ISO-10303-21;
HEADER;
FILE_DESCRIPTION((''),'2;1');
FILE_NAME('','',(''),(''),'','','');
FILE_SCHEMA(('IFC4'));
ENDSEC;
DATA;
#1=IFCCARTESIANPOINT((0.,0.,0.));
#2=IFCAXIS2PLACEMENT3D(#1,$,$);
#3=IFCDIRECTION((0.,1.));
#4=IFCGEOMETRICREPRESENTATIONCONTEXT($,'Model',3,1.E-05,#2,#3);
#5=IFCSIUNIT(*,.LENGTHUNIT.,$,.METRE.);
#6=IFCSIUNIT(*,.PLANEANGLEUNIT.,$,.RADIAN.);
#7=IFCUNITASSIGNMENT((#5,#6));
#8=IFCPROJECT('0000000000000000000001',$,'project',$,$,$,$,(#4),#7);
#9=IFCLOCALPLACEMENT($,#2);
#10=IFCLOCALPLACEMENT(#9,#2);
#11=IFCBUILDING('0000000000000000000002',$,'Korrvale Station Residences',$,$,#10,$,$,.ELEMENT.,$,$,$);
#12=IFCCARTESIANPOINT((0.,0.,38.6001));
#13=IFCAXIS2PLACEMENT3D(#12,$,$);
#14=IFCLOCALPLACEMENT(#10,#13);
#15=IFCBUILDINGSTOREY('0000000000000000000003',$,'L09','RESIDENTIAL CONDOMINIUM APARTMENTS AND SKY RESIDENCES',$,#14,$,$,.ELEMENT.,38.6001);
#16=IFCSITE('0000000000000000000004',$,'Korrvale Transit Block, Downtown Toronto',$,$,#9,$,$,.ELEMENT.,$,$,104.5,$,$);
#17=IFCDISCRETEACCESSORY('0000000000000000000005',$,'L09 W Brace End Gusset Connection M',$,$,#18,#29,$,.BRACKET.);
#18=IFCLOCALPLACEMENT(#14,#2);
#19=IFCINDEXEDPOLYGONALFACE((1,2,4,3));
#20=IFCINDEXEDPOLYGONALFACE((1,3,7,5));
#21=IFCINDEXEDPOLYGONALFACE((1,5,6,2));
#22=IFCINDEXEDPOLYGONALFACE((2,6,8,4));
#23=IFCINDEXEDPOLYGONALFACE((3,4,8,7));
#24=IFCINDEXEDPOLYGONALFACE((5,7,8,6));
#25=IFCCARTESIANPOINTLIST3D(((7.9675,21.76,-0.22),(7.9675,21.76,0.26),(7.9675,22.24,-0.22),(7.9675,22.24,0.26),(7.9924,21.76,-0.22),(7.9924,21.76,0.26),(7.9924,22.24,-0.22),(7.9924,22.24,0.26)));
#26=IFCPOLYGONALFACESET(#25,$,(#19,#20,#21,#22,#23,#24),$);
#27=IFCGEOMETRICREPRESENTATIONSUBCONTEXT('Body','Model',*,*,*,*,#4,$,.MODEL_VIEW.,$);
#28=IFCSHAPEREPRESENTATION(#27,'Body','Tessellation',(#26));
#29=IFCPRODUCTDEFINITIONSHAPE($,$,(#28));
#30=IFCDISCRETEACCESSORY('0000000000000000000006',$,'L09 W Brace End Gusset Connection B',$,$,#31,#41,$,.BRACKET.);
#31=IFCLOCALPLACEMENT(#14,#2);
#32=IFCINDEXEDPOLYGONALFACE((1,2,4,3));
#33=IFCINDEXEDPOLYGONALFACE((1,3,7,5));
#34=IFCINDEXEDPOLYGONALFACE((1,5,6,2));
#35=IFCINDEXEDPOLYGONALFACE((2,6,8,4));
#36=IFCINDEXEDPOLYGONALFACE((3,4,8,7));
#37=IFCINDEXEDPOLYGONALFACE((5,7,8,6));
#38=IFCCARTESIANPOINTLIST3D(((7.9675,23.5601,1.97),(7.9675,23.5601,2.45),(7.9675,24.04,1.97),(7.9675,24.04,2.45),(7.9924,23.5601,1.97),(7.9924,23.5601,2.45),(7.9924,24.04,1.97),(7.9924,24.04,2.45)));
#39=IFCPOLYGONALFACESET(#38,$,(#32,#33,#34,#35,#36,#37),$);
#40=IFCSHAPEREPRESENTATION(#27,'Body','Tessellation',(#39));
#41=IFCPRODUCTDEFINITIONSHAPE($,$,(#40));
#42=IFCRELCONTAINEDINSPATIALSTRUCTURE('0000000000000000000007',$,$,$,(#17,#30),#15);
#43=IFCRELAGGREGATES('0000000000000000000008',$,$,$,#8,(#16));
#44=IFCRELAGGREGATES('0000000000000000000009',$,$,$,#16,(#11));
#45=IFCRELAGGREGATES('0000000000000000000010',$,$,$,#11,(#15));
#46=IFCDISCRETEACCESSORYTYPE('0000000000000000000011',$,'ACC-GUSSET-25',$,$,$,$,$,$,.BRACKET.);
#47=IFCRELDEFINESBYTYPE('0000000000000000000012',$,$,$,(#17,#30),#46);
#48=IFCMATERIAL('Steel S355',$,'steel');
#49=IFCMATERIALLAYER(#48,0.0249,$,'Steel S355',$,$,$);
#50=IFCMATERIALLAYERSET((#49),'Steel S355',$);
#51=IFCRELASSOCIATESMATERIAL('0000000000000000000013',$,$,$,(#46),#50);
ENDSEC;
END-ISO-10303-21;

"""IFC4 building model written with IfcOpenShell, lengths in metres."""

from ifc_helpers import new_model, si_unit, direction, frame, origin, origin_2d, place, context, subcontext, project, spatial, rectangle, extrude, material, layer, layer_set, type_object, element, save


model = new_model("IFC4")

# Units and contexts
model_context = context("Model", 3, precision=1e-05, world=origin(), true_north=direction((0.0, 1.0)))
body_context = subcontext(model_context, "Body", "Model", "MODEL_VIEW")
ifc_project = project(units=[si_unit("LENGTHUNIT", "METRE"), si_unit("PLANEANGLEUNIT", "RADIAN")], contexts=[model_context])

# Site, building, storey
site_placement = place(None, origin())
site = spatial("IfcSite", under=ifc_project, at=site_placement, Name="Korrvale Transit Block, Downtown Toronto", CompositionType="ELEMENT", RefElevation=104.5)
building_placement = place(site_placement, origin())
building = spatial("IfcBuilding", under=site, at=building_placement, Name="Korrvale Station Residences", CompositionType="ELEMENT")
storey_placement = place(building_placement, frame((0.0, 0.0, 38.6001)))
storey = spatial("IfcBuildingStorey", under=building, at=storey_placement, Name="L09", Description="RESIDENTIAL CONDOMINIUM APARTMENTS AND SKY RESIDENCES", CompositionType="ELEMENT", Elevation=38.6001)

# Shared definitions
ifc_material_1 = material(Name="Steel S355", Category="steel")

# Discrete accessories
ifc_layer_1 = layer(ifc_material_1, 0.0249, Name="Steel S355")
ifc_layer_set_1 = layer_set([ifc_layer_1], Name="Steel S355")
discrete_accessory_type = type_object("IfcDiscreteAccessoryType", Name="ACC-GUSSET-25", PredefinedType="BRACKET", material=ifc_layer_set_1)
for number, where, z_axis, x_axis, name in (
    (1, (7.98, 22.0, -0.22), (0.0, 0.0, 1.0), (0.0, 1.0, 0.0), "L09 W Brace End Gusset Connection M"),
    (2, (7.98, 23.8, 1.97), (0.0, 0.0, 1.0), (0.0, 1.0, 0.0), "L09 W Brace End Gusset Connection B"),
):
    element("IfcDiscreteAccessory", number, at=place(storey_placement, frame(where, z_axis=z_axis, x_axis=x_axis)), inside=storey, type_object=discrete_accessory_type, Name=name, PredefinedType="BRACKET", context=body_context, shape_type="SweptSolid", body=[
        extrude(rectangle(XDim=0.48, YDim=0.0249, at=origin_2d()), origin(), (0.0, 0.0, 1.0), 0.48),
    ])

save(model, "model.ifc")
